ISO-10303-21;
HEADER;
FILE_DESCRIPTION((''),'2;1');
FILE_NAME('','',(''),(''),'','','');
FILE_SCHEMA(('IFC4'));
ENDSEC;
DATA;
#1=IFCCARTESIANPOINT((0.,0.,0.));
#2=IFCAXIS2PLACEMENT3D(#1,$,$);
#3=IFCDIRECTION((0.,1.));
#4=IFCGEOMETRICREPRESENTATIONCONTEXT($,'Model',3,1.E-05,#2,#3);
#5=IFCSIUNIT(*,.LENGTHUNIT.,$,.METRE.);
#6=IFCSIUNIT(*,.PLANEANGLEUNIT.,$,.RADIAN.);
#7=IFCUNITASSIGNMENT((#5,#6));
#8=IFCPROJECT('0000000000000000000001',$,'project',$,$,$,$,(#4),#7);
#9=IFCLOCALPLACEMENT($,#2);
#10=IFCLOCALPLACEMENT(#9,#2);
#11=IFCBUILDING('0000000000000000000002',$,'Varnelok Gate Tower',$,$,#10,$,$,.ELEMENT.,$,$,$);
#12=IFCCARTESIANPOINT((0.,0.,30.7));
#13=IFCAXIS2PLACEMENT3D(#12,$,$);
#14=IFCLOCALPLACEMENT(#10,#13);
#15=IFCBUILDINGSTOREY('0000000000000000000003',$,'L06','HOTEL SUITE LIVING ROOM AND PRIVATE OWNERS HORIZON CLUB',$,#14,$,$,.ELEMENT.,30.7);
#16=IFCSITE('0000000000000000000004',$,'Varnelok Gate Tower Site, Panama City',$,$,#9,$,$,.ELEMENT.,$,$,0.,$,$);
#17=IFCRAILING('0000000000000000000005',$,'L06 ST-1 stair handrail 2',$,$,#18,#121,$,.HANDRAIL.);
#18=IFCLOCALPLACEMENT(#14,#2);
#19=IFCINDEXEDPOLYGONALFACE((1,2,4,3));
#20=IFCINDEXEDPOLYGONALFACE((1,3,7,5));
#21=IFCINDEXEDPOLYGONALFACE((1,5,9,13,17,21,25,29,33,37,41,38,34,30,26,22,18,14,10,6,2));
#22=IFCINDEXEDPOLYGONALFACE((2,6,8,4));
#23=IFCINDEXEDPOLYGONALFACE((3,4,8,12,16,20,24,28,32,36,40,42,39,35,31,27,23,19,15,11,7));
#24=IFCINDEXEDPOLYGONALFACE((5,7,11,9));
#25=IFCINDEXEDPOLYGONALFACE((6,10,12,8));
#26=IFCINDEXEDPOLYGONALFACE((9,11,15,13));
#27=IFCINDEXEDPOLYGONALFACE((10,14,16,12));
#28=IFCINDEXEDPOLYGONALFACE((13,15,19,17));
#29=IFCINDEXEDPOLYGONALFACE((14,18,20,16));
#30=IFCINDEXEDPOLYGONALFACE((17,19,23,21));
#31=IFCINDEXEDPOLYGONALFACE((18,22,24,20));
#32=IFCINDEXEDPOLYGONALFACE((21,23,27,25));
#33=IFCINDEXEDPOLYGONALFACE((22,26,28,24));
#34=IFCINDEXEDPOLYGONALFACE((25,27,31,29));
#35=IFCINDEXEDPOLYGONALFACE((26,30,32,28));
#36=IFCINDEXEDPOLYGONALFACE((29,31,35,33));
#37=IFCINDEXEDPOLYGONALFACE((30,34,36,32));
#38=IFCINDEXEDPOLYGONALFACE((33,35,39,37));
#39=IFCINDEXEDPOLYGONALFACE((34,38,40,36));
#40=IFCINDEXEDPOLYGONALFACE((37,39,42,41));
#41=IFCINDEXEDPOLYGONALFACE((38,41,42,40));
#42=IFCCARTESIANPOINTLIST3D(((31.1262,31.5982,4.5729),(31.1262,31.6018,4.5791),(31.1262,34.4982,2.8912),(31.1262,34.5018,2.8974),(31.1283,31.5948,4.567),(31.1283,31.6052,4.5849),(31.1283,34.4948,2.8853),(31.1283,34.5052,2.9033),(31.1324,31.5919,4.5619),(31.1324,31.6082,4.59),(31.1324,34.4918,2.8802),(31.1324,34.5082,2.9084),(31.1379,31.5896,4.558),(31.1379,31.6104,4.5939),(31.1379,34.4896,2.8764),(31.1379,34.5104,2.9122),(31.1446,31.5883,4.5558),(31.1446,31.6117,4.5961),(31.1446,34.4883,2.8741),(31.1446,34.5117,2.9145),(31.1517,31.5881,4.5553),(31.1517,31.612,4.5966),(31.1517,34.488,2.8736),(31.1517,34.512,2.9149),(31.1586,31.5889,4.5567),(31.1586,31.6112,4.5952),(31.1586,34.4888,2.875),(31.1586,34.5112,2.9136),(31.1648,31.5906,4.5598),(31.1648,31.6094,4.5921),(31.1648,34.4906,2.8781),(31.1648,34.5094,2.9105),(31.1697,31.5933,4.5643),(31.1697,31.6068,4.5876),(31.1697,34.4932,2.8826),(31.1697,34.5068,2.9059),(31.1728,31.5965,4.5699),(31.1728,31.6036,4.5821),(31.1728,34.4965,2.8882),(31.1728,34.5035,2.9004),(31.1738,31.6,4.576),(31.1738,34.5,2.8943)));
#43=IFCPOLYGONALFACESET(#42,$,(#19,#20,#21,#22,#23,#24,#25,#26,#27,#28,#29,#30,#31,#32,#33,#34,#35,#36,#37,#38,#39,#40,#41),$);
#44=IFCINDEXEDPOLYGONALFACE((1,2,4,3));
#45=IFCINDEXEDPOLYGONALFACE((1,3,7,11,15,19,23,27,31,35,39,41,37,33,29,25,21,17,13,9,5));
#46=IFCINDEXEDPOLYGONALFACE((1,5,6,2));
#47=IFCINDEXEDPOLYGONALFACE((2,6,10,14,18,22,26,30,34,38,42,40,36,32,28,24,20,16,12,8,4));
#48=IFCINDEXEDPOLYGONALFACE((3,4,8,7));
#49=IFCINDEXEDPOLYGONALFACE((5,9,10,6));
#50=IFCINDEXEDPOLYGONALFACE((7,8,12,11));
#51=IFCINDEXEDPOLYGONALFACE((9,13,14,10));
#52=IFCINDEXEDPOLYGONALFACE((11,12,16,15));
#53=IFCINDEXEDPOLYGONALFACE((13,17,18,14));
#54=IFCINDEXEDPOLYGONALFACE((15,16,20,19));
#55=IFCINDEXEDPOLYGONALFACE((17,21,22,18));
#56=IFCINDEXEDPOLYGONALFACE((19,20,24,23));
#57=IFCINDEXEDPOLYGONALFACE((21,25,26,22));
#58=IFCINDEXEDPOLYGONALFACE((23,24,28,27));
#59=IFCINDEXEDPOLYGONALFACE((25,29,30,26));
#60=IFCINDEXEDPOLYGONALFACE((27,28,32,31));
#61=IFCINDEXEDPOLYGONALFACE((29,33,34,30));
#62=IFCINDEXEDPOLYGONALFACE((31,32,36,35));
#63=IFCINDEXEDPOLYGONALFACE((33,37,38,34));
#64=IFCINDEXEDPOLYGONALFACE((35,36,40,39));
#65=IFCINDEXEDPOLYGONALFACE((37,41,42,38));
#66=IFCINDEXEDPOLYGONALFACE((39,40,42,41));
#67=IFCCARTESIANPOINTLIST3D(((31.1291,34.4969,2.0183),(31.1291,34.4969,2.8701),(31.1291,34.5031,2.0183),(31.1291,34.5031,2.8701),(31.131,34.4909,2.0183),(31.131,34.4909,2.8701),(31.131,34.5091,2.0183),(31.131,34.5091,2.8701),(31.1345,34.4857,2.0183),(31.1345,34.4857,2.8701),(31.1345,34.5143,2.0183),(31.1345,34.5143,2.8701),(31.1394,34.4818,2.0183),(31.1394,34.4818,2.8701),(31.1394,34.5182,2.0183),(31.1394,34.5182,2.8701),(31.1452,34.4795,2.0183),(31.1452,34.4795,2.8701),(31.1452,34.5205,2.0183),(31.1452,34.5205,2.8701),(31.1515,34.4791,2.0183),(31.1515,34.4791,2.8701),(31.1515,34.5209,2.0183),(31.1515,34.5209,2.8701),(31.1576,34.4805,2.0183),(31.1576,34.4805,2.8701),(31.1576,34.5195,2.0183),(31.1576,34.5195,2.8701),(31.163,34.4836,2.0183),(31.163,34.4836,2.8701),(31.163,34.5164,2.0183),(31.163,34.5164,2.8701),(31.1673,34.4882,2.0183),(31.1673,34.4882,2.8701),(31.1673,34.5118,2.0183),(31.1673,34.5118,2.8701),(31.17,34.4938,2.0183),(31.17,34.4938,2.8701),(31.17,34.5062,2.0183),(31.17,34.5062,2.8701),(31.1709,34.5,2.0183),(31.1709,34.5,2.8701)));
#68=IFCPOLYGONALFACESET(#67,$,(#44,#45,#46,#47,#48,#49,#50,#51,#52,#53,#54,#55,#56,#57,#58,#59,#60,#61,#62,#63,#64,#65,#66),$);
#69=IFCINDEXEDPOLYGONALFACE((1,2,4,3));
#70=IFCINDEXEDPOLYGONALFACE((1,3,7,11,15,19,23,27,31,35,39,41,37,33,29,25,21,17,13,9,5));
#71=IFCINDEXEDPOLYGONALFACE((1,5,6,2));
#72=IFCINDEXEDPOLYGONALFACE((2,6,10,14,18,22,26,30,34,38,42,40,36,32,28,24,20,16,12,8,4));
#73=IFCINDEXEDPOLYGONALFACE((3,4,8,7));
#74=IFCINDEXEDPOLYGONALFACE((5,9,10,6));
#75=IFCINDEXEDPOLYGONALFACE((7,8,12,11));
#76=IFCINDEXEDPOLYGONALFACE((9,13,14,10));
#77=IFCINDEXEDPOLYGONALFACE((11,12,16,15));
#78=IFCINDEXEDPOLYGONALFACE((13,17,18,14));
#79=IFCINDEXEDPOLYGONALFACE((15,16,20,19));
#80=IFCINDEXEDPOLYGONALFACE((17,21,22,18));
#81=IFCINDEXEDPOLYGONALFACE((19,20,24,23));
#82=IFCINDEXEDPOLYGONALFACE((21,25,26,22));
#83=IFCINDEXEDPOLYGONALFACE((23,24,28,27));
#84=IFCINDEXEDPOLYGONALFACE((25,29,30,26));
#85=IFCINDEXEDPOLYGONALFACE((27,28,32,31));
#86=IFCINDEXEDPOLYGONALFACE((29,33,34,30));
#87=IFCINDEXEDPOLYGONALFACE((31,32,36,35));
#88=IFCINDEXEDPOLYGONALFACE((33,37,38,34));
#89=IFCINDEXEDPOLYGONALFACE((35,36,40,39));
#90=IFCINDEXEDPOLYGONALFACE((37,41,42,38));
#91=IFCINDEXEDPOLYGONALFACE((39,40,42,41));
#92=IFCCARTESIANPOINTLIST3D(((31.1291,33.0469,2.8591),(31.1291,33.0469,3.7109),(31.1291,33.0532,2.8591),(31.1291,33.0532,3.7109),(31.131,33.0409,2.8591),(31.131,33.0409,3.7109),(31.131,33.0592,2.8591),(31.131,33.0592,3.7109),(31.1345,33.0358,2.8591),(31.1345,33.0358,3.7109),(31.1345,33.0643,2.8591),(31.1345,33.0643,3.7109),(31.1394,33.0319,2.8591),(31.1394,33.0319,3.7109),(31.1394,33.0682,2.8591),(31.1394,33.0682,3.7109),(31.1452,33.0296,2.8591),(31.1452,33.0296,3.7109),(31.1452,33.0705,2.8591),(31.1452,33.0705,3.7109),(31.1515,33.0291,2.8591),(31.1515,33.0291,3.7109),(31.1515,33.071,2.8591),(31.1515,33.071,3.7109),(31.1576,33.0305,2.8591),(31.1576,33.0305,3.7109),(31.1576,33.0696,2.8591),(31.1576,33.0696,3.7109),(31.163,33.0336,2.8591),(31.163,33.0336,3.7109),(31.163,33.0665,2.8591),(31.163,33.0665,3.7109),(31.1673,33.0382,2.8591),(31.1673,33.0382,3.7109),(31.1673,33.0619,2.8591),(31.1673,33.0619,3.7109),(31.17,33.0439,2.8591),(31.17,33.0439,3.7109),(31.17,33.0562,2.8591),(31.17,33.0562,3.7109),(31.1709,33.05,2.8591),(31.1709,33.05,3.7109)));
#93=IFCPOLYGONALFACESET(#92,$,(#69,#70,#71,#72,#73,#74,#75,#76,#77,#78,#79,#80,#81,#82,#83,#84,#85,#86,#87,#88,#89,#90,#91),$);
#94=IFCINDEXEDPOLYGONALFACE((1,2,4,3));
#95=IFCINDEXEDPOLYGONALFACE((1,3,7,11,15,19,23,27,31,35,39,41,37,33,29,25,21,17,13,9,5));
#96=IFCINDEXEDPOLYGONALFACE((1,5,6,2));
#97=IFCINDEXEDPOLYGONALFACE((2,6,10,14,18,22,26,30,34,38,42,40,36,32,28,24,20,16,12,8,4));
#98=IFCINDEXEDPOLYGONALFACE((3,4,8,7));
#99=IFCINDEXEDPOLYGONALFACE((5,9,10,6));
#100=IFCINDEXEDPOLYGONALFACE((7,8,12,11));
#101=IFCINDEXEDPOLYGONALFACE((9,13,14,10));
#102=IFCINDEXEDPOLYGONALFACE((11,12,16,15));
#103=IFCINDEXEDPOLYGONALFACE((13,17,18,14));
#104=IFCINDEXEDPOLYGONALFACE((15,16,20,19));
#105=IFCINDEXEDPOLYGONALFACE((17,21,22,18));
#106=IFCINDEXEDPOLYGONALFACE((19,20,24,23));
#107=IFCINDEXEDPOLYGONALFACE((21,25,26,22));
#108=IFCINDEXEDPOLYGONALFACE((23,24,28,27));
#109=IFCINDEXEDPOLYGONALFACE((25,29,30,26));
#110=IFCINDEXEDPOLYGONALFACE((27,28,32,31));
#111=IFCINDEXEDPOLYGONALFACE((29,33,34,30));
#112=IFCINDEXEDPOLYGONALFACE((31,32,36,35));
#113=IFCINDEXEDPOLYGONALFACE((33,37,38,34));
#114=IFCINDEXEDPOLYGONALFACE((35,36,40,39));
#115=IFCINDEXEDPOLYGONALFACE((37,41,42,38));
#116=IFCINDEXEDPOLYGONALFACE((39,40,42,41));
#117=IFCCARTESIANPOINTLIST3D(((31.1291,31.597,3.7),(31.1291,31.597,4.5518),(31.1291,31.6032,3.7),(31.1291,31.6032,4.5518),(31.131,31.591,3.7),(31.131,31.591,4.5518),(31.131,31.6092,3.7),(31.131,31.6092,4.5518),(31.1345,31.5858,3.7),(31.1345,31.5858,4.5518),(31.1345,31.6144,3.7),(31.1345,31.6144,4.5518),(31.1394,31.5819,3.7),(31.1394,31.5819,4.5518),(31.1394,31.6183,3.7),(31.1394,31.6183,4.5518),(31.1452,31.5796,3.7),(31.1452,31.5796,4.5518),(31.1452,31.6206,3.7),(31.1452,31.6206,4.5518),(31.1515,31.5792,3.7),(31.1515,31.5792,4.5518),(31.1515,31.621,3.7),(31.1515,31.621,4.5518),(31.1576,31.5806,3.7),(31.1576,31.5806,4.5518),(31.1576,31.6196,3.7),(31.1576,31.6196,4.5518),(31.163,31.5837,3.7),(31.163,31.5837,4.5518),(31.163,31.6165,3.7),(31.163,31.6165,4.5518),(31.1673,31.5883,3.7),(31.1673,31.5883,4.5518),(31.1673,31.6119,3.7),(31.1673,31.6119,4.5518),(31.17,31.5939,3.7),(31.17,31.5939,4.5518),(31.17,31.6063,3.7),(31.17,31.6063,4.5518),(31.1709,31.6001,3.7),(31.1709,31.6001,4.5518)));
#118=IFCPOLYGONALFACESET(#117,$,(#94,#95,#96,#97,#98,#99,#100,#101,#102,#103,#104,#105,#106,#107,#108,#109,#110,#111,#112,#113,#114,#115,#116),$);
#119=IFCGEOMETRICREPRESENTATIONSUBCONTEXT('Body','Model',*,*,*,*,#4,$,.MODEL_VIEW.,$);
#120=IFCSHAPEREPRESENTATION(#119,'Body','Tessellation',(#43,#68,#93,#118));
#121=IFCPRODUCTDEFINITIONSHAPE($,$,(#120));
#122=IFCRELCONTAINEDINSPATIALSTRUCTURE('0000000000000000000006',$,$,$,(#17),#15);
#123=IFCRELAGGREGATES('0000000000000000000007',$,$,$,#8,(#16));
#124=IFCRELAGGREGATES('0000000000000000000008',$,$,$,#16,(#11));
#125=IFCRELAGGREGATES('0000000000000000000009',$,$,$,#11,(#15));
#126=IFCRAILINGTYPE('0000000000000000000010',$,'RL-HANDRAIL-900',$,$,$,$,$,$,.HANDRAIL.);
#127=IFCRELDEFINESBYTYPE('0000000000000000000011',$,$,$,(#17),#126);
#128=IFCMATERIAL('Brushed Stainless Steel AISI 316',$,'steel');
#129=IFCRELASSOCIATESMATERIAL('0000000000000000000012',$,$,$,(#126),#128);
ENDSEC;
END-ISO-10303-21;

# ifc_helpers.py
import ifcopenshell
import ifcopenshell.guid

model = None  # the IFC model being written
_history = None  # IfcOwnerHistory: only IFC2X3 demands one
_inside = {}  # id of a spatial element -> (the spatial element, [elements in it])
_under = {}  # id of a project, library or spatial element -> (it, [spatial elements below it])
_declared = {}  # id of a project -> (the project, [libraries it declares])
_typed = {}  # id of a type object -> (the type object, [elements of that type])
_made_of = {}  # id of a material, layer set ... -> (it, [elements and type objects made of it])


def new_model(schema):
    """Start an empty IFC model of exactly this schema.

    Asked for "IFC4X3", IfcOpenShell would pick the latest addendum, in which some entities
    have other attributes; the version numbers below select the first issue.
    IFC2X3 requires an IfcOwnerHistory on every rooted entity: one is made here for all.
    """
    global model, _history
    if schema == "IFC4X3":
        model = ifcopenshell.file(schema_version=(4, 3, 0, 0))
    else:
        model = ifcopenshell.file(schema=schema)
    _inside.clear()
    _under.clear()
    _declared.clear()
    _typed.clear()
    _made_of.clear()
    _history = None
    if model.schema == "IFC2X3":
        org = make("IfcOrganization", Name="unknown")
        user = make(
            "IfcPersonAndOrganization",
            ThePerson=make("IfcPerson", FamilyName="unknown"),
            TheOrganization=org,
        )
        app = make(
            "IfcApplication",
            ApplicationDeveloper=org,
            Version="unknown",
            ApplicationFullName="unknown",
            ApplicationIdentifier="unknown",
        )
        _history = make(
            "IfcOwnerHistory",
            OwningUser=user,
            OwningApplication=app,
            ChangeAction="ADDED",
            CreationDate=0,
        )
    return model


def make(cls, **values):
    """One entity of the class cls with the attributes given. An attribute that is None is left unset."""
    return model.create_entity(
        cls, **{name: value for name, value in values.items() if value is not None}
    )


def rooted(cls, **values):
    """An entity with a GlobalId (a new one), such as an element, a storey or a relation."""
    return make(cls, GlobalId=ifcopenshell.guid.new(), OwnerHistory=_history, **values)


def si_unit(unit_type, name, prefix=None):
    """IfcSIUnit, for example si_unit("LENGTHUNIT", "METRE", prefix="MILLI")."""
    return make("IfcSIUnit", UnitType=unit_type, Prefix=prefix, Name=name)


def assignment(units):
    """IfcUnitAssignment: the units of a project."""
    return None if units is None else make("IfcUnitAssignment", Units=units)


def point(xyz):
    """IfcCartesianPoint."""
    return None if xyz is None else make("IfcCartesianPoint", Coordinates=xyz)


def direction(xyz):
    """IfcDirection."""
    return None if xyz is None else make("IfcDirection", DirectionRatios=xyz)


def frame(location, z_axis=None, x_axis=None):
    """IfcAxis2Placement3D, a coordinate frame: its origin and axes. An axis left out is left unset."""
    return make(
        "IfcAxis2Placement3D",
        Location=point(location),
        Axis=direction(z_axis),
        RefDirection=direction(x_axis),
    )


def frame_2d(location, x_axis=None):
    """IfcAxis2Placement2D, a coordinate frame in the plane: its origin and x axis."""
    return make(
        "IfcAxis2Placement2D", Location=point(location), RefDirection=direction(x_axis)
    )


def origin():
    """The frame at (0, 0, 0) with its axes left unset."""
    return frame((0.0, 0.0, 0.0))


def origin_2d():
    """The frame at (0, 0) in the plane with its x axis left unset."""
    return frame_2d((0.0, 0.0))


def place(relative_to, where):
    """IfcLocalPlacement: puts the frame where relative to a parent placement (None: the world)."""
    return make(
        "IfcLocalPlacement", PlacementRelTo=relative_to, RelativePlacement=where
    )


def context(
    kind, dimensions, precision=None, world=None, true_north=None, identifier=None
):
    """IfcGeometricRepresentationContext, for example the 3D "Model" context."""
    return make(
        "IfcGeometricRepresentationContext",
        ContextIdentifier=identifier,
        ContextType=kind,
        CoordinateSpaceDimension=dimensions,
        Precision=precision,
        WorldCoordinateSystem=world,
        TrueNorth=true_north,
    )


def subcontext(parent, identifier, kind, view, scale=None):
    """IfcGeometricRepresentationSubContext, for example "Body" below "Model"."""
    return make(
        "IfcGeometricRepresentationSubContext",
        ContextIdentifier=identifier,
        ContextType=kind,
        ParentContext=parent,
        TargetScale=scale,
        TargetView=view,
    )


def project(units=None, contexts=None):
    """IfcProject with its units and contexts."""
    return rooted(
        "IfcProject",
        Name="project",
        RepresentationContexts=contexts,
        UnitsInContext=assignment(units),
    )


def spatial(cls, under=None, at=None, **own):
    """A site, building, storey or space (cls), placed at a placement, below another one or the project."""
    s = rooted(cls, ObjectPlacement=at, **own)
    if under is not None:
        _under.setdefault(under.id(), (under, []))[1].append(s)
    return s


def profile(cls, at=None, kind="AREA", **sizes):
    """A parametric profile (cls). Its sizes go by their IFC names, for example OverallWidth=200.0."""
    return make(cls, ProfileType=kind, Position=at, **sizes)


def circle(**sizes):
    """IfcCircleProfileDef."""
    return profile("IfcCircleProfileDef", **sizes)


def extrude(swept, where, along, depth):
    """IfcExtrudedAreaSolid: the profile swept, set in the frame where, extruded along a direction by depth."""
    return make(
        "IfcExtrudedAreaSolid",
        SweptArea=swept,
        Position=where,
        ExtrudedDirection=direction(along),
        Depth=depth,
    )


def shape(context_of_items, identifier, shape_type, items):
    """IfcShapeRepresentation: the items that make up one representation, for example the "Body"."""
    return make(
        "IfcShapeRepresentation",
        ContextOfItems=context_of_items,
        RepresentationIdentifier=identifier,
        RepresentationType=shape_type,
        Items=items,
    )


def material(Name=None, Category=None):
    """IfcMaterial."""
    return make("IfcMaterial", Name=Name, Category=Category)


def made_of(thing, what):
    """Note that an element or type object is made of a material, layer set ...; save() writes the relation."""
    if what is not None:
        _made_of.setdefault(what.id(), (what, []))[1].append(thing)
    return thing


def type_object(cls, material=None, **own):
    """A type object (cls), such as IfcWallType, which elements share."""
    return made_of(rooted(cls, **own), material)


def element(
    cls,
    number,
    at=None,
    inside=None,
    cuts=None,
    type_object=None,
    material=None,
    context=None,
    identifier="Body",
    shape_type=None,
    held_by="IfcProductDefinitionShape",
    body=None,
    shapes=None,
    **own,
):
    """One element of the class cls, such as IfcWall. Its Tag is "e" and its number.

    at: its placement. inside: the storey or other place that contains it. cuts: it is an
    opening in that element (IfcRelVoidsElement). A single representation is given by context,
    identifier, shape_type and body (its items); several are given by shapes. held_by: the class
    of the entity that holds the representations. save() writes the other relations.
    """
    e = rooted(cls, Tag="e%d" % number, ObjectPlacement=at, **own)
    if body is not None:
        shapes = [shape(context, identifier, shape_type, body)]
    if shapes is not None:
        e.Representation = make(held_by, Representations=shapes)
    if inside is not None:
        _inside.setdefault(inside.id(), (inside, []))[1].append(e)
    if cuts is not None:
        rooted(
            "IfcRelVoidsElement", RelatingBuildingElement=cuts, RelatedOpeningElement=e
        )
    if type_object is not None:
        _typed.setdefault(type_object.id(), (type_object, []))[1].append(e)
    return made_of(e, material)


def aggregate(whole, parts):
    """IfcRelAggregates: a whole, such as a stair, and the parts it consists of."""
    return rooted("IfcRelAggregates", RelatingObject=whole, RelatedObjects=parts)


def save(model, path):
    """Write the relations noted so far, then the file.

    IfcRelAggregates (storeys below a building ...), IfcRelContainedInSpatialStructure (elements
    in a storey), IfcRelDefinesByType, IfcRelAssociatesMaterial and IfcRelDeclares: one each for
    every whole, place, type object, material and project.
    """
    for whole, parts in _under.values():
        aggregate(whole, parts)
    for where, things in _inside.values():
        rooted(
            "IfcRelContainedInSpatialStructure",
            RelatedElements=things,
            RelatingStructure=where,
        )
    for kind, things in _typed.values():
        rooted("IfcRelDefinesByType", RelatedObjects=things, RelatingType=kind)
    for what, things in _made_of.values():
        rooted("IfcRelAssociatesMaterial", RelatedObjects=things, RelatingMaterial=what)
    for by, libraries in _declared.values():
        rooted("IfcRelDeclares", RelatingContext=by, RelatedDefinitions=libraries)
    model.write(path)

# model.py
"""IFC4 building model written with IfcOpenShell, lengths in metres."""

from ifc_helpers import new_model, si_unit, direction, frame, origin, origin_2d, place, context, subcontext, project, spatial, circle, extrude, material, type_object, element, save


model = new_model("IFC4")

# Units and contexts
model_context = context("Model", 3, precision=1e-05, world=origin(), true_north=direction((0.0, 1.0)))
body_context = subcontext(model_context, "Body", "Model", "MODEL_VIEW")
ifc_project = project(units=[si_unit("LENGTHUNIT", "METRE"), si_unit("PLANEANGLEUNIT", "RADIAN")], contexts=[model_context])

# Site, building, storey
site_placement = place(None, origin())
site = spatial("IfcSite", under=ifc_project, at=site_placement, Name="Varnelok Gate Tower Site, Panama City", CompositionType="ELEMENT", RefElevation=0.0)
building_placement = place(site_placement, origin())
building = spatial("IfcBuilding", under=site, at=building_placement, Name="Varnelok Gate Tower", CompositionType="ELEMENT")
storey_placement = place(building_placement, frame((0.0, 0.0, 30.7)))
storey = spatial("IfcBuildingStorey", under=building, at=storey_placement, Name="L06", Description="HOTEL SUITE LIVING ROOM AND PRIVATE OWNERS HORIZON CLUB", CompositionType="ELEMENT", Elevation=30.7)

# Railing
ifc_material_1 = material(Name="Brushed Stainless Steel AISI 316", Category="steel")
railing_type_1 = type_object("IfcRailingType", Name="RL-HANDRAIL-900", PredefinedType="HANDRAIL", material=ifc_material_1)
railing_1_placement = place(storey_placement, frame((31.1499, 34.5, 2.0183)))
element("IfcRailing", 1, at=railing_1_placement, inside=storey, type_object=railing_type_1, Name="L06 ST-1 stair handrail 2", PredefinedType="HANDRAIL", context=body_context, shape_type="SweptSolid", body=[
    extrude(circle(Radius=0.0239, at=origin_2d()), frame((0.0, 0.0, 0.876), z_axis=(0.0, -0.86507, 0.501651), x_axis=(1.0, 0.0, 0.0)), (0.0, 0.0, 1.0), 3.3523),
    extrude(circle(Radius=0.021, at=origin_2d()), origin(), (0.0, 0.0, 1.0), 0.8518),
    extrude(circle(Radius=0.021, at=origin_2d()), frame((0.0, -1.45, 0.8408)), (0.0, 0.0, 1.0), 0.8518),
    extrude(circle(Radius=0.021, at=origin_2d()), frame((0.0, -2.8999, 1.6816)), (0.0, 0.0, 1.0), 0.8518),
])

save(model, "model.ifc")
